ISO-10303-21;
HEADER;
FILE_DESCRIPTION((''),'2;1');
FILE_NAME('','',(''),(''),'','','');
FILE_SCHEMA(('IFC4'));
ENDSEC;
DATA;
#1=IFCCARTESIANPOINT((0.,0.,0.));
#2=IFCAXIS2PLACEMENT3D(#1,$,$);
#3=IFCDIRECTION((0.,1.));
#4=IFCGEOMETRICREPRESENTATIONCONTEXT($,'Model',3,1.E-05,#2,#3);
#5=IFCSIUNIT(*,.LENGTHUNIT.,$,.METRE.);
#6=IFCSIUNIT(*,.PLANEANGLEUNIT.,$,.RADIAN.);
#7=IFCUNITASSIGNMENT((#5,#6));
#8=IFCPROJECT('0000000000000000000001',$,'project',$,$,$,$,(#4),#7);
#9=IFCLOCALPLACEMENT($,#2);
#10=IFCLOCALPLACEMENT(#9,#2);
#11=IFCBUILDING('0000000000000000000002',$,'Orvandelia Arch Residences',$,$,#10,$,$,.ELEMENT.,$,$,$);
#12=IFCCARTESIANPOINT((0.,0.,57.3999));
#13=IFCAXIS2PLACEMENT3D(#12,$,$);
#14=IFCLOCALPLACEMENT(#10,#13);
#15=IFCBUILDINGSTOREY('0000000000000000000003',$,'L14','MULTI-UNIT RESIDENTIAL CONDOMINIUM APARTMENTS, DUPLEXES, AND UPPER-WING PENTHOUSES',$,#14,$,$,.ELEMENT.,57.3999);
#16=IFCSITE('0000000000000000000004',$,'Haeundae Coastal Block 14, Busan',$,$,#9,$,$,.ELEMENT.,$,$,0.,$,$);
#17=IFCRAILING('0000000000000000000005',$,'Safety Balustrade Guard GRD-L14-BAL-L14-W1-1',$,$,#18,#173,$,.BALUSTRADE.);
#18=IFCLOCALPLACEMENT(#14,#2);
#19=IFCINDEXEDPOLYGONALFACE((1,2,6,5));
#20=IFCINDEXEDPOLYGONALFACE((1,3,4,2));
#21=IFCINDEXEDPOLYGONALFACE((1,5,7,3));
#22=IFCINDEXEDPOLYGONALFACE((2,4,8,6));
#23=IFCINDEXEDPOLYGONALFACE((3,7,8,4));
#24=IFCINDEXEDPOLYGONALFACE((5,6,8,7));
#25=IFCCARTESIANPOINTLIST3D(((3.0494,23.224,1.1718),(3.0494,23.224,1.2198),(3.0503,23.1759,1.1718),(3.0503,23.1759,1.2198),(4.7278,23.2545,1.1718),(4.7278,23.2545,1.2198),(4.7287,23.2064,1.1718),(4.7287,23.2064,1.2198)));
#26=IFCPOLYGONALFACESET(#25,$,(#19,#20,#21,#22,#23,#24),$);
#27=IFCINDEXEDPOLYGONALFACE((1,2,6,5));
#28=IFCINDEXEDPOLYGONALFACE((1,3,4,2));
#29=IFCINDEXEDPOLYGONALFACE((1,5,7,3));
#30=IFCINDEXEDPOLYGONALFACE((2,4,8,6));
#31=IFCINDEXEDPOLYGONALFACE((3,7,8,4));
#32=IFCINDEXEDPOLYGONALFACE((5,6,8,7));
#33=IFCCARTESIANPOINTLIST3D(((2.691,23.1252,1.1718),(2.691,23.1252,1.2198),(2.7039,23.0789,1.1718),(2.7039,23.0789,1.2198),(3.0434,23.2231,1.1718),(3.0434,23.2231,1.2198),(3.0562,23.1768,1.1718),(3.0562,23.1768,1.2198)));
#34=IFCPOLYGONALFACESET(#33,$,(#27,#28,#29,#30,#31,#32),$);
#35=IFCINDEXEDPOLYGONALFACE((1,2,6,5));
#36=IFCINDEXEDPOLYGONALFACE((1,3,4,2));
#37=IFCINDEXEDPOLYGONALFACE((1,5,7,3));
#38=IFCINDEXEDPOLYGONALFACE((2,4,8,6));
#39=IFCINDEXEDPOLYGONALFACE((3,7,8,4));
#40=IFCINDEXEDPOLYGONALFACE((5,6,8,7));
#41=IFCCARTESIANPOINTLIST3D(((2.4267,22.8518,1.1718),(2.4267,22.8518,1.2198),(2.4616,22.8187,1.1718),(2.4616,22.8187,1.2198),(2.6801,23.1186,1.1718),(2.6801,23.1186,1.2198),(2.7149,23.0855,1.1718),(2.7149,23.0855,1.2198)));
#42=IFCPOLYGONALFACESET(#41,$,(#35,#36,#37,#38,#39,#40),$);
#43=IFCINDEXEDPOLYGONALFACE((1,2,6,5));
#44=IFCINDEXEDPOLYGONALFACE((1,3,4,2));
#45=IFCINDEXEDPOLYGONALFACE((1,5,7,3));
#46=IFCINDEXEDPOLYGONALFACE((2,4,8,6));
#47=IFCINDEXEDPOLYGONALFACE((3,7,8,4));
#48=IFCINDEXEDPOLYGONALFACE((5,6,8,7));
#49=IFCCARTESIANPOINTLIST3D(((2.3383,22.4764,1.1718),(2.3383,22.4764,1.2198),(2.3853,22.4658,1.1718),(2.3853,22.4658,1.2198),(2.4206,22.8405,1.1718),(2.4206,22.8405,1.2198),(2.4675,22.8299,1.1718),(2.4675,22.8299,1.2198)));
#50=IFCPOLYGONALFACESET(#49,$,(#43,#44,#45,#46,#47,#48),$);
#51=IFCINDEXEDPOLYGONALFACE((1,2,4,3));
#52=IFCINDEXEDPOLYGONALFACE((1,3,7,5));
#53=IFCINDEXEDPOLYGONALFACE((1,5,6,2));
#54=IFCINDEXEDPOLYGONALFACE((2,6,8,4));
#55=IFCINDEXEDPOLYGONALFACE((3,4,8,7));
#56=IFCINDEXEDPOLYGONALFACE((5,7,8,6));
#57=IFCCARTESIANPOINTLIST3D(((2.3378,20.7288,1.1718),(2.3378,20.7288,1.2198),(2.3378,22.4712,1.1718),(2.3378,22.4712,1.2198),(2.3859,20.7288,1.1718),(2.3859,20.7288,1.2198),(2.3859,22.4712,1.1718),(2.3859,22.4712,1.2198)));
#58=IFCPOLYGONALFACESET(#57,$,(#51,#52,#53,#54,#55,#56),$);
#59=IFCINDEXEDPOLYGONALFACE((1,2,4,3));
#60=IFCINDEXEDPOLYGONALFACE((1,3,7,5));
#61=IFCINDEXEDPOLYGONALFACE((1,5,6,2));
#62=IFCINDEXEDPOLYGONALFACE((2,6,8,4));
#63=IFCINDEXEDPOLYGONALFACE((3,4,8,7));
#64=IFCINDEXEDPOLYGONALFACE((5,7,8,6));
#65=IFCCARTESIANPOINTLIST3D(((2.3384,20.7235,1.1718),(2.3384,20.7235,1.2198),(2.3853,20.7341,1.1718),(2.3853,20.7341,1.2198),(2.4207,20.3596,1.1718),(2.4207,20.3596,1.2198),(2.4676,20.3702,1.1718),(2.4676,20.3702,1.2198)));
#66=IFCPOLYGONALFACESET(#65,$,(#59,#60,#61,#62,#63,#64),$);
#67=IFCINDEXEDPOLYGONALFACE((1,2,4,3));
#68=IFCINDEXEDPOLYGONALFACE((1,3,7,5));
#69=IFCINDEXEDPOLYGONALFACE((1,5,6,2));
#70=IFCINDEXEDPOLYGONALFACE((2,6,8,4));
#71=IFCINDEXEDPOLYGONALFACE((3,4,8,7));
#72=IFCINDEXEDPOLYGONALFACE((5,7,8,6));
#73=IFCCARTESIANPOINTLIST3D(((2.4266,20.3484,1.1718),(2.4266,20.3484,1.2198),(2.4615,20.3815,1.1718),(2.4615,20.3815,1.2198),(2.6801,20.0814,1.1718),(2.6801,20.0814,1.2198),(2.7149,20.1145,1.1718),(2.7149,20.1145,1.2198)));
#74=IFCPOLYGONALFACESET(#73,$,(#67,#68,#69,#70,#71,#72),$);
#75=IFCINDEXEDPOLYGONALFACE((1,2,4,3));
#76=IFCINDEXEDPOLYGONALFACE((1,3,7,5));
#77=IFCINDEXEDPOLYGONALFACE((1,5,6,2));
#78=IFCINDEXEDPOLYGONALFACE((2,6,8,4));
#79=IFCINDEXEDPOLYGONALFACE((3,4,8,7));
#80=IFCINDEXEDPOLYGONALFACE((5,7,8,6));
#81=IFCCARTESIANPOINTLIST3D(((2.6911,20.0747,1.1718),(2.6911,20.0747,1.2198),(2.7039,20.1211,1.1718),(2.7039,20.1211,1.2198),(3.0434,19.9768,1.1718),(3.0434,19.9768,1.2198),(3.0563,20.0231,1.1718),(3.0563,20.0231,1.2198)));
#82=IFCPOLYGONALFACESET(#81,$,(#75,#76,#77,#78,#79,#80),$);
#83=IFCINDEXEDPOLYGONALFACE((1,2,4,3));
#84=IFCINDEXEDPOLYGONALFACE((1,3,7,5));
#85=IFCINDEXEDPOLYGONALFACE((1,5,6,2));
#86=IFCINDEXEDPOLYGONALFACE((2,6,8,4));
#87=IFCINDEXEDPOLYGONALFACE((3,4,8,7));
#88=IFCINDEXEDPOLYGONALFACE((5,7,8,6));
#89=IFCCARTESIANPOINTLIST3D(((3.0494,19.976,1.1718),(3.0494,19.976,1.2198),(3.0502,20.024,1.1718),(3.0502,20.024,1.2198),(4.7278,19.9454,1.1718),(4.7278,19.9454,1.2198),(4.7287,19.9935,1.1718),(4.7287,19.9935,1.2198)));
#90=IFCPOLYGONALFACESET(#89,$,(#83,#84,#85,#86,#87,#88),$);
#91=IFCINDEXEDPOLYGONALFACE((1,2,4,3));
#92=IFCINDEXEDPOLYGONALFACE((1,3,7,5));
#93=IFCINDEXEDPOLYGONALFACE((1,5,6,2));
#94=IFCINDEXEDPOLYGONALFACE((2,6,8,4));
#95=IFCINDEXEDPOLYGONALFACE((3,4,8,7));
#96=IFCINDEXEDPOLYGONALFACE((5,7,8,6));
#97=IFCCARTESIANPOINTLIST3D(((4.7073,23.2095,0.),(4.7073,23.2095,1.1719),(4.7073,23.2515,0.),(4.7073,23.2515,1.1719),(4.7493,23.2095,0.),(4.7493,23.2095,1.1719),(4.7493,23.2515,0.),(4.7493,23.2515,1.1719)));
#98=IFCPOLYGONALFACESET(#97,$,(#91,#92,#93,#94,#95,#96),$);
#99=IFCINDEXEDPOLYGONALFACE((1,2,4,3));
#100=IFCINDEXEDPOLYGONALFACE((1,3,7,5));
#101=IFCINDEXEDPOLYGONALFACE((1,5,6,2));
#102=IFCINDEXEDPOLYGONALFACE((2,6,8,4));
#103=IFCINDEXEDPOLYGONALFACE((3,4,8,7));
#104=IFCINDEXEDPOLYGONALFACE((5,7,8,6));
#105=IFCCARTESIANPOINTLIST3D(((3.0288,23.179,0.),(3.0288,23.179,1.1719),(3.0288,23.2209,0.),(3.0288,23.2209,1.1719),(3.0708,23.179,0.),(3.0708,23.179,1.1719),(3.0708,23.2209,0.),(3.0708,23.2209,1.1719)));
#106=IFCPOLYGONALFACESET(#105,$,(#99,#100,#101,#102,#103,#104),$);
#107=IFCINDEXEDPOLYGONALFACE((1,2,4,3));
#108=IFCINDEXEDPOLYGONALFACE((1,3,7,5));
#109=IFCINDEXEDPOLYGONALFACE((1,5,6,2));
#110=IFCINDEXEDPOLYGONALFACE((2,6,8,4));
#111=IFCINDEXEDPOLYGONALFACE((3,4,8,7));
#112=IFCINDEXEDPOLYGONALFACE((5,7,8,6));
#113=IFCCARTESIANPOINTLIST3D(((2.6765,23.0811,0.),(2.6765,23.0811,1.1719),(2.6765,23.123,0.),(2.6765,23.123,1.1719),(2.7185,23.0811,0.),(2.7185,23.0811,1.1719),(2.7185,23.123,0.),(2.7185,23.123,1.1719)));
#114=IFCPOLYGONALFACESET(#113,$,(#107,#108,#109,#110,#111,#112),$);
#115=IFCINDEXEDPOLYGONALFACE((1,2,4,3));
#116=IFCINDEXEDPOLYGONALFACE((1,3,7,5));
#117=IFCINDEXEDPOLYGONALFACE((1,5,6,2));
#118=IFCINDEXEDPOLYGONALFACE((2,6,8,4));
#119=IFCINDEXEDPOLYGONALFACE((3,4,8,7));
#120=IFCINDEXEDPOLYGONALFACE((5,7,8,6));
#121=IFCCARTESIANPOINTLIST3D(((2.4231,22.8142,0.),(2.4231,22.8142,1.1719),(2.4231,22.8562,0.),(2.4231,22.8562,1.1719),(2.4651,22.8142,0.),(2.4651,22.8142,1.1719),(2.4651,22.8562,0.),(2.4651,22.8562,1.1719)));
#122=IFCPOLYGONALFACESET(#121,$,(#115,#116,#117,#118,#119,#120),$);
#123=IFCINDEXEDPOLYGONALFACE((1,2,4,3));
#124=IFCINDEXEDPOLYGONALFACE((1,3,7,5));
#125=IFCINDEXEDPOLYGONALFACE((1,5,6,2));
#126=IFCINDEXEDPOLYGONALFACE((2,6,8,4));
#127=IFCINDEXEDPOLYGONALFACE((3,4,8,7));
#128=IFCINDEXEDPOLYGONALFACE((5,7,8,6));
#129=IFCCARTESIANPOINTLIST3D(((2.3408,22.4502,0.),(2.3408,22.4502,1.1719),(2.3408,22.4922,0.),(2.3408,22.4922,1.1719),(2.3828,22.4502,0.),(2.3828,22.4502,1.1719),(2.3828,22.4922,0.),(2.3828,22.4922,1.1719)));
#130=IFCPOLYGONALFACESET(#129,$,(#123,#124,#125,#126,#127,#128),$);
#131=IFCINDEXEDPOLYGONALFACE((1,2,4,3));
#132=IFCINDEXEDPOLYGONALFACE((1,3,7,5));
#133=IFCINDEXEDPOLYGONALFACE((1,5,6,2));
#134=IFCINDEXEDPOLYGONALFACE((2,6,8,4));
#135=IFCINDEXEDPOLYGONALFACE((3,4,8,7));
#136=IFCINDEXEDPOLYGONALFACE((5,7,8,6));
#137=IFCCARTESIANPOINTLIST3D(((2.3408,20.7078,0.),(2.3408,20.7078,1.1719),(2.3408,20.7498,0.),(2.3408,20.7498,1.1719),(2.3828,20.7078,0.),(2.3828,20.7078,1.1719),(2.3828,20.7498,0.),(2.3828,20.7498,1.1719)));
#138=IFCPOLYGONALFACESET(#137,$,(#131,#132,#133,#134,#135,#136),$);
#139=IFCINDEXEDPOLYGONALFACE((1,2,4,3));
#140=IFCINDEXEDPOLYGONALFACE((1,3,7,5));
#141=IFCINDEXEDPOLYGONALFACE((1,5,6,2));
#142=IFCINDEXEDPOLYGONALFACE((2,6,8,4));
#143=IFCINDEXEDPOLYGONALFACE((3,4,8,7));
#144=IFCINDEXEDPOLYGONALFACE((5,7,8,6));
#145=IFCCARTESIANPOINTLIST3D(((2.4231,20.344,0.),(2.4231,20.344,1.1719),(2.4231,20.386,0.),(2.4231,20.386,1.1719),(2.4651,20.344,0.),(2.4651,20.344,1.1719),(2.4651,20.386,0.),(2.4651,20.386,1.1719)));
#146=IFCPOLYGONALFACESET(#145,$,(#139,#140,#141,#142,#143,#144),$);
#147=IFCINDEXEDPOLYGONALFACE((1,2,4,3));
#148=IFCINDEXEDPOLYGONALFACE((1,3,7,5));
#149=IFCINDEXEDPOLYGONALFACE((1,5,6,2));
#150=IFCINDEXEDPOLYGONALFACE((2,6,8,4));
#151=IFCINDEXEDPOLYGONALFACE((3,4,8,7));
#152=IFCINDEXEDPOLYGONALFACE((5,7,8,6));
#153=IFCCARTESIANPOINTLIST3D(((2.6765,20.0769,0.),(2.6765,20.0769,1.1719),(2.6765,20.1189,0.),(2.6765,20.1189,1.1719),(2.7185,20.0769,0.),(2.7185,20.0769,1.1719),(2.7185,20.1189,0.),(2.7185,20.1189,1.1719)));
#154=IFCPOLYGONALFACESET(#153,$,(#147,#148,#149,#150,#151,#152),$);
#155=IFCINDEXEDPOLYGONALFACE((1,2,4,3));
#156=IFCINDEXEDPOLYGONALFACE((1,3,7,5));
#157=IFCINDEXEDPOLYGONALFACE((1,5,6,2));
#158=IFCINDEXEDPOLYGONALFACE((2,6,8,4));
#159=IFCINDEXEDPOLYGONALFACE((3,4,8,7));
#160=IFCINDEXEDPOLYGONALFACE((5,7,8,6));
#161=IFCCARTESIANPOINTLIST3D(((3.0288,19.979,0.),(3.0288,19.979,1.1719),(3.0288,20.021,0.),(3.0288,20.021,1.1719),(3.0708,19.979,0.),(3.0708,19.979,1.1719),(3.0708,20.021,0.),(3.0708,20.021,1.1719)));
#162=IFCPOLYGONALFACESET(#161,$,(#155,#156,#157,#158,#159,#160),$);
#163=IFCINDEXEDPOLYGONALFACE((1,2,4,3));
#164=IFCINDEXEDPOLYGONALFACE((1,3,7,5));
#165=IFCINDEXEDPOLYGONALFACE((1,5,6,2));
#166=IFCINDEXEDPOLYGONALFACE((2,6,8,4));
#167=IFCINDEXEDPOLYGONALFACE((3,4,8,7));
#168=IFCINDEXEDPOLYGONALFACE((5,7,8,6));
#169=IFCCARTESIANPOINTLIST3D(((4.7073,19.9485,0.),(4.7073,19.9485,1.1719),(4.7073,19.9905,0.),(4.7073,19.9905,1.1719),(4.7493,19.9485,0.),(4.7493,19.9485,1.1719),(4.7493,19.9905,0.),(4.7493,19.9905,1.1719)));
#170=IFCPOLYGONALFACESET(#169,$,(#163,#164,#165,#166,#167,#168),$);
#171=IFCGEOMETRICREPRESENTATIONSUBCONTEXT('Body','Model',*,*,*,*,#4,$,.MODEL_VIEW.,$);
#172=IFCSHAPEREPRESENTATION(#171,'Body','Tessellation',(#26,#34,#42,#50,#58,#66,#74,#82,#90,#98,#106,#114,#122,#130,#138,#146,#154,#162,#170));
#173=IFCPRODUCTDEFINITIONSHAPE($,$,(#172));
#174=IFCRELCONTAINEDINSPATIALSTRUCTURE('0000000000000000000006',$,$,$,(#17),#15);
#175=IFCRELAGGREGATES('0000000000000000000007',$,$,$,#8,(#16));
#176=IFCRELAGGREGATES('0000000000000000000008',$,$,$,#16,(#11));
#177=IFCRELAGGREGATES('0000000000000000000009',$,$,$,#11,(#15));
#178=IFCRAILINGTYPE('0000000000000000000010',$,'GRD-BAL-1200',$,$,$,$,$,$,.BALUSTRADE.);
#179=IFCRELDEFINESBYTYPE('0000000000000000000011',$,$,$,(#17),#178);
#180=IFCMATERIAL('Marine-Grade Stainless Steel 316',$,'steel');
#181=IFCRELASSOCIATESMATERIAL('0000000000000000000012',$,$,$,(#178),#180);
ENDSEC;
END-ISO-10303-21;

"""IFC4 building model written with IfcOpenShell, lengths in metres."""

from ifc_helpers import new_model, si_unit, direction, frame, origin, origin_2d, place, context, subcontext, project, spatial, rectangle, extrude, material, type_object, element, save


model = new_model("IFC4")

# Units and contexts
model_context = context("Model", 3, precision=1e-05, world=origin(), true_north=direction((0.0, 1.0)))
body_context = subcontext(model_context, "Body", "Model", "MODEL_VIEW")
ifc_project = project(units=[si_unit("LENGTHUNIT", "METRE"), si_unit("PLANEANGLEUNIT", "RADIAN")], contexts=[model_context])

# Site, building, storey
site_placement = place(None, origin())
site = spatial("IfcSite", under=ifc_project, at=site_placement, Name="Haeundae Coastal Block 14, Busan", CompositionType="ELEMENT", RefElevation=0.0)
building_placement = place(site_placement, origin())
building = spatial("IfcBuilding", under=site, at=building_placement, Name="Orvandelia Arch Residences", CompositionType="ELEMENT")
storey_placement = place(building_placement, frame((0.0, 0.0, 57.3999)))
storey = spatial("IfcBuildingStorey", under=building, at=storey_placement, Name="L14", Description="MULTI-UNIT RESIDENTIAL CONDOMINIUM APARTMENTS, DUPLEXES, AND UPPER-WING PENTHOUSES", CompositionType="ELEMENT", Elevation=57.3999)

# Railing
ifc_material_1 = material(Name="Marine-Grade Stainless Steel 316", Category="steel")
railing_type = type_object("IfcRailingType", Name="GRD-BAL-1200", PredefinedType="BALUSTRADE", material=ifc_material_1)
railing_placement = place(storey_placement, frame((4.7283, 23.2305, 0.0)))
element("IfcRailing", 1, at=railing_placement, inside=storey, type_object=railing_type, Name="Safety Balustrade Guard GRD-L14-BAL-L14-W1-1", PredefinedType="BALUSTRADE", context=body_context, shape_type="SweptSolid", body=[
    extrude(rectangle(XDim=0.0481, YDim=0.0481, at=origin_2d()), frame((0.0, 0.0, 1.1958), z_axis=(-0.999835, -0.018179, 0.0), x_axis=(0.018179, -0.999835, 0.0)), (0.0, 0.0, 1.0), 1.6787),
    extrude(rectangle(XDim=0.0481, YDim=0.0481, at=origin_2d()), frame((-1.6785, -0.0305, 1.1958), z_axis=(-0.963489, -0.267747, 0.0), x_axis=(0.267747, -0.963489, 0.0)), (0.0, 0.0, 1.0), 0.3657),
    extrude(rectangle(XDim=0.0481, YDim=0.0481, at=origin_2d()), frame((-2.0308, -0.1284, 1.1958), z_axis=(-0.688627, -0.725115, 0.0), x_axis=(0.725115, -0.688627, 0.0)), (0.0, 0.0, 1.0), 0.3679),
    extrude(rectangle(XDim=0.0481, YDim=0.0481, at=origin_2d()), frame((-2.2842, -0.3953, 1.1958), z_axis=(-0.220462, -0.975396, 0.0), x_axis=(0.975396, -0.220462, 0.0)), (0.0, 0.0, 1.0), 0.3733),
    extrude(rectangle(XDim=0.0481, YDim=0.0481, at=origin_2d()), frame((-2.3665, -0.7593, 1.1958), z_axis=(0.0, -1.0, 0.0), x_axis=(1.0, 0.0, 0.0)), (0.0, 0.0, 1.0), 1.7424),
    extrude(rectangle(XDim=0.0481, YDim=0.0481, at=origin_2d()), frame((-2.3665, -2.5017, 1.1958), z_axis=(0.220602, -0.975364, 0.0), x_axis=(0.975364, 0.220602, 0.0)), (0.0, 0.0, 1.0), 0.373),
    extrude(rectangle(XDim=0.0481, YDim=0.0481, at=origin_2d()), frame((-2.2842, -2.8655, 1.1958), z_axis=(0.688296, -0.72543, 0.0), x_axis=(0.72543, 0.688296, 0.0)), (0.0, 0.0, 1.0), 0.3682),
    extrude(rectangle(XDim=0.0481, YDim=0.0481, at=origin_2d()), frame((-2.0308, -3.1326, 1.1958), z_axis=(0.963489, -0.267747, 0.0), x_axis=(0.267747, 0.963489, 0.0)), (0.0, 0.0, 1.0), 0.3657),
    extrude(rectangle(XDim=0.0481, YDim=0.0481, at=origin_2d()), frame((-1.6785, -3.2305, 1.1958), z_axis=(0.999835, -0.018179, 0.0), x_axis=(0.018179, 0.999835, 0.0)), (0.0, 0.0, 1.0), 1.6787),
    extrude(rectangle(XDim=0.042, YDim=0.042, at=origin_2d()), origin(), (0.0, 0.0, 1.0), 1.1719),
    extrude(rectangle(XDim=0.042, YDim=0.042, at=origin_2d()), frame((-1.6785, -0.0305, 0.0)), (0.0, 0.0, 1.0), 1.1719),
    extrude(rectangle(XDim=0.042, YDim=0.042, at=origin_2d()), frame((-2.0308, -0.1284, 0.0)), (0.0, 0.0, 1.0), 1.1719),
    extrude(rectangle(XDim=0.042, YDim=0.042, at=origin_2d()), frame((-2.2842, -0.3953, 0.0)), (0.0, 0.0, 1.0), 1.1719),
    extrude(rectangle(XDim=0.042, YDim=0.042, at=origin_2d()), frame((-2.3665, -0.7593, 0.0)), (0.0, 0.0, 1.0), 1.1719),
    extrude(rectangle(XDim=0.042, YDim=0.042, at=origin_2d()), frame((-2.3665, -2.5017, 0.0)), (0.0, 0.0, 1.0), 1.1719),
    extrude(rectangle(XDim=0.042, YDim=0.042, at=origin_2d()), frame((-2.2842, -2.8655, 0.0)), (0.0, 0.0, 1.0), 1.1719),
    extrude(rectangle(XDim=0.042, YDim=0.042, at=origin_2d()), frame((-2.0308, -3.1326, 0.0)), (0.0, 0.0, 1.0), 1.1719),
    extrude(rectangle(XDim=0.042, YDim=0.042, at=origin_2d()), frame((-1.6785, -3.2305, 0.0)), (0.0, 0.0, 1.0), 1.1719),
    extrude(rectangle(XDim=0.042, YDim=0.042, at=origin_2d()), frame((0.0, -3.261, 0.0)), (0.0, 0.0, 1.0), 1.1719),
])

save(model, "model.ifc")
